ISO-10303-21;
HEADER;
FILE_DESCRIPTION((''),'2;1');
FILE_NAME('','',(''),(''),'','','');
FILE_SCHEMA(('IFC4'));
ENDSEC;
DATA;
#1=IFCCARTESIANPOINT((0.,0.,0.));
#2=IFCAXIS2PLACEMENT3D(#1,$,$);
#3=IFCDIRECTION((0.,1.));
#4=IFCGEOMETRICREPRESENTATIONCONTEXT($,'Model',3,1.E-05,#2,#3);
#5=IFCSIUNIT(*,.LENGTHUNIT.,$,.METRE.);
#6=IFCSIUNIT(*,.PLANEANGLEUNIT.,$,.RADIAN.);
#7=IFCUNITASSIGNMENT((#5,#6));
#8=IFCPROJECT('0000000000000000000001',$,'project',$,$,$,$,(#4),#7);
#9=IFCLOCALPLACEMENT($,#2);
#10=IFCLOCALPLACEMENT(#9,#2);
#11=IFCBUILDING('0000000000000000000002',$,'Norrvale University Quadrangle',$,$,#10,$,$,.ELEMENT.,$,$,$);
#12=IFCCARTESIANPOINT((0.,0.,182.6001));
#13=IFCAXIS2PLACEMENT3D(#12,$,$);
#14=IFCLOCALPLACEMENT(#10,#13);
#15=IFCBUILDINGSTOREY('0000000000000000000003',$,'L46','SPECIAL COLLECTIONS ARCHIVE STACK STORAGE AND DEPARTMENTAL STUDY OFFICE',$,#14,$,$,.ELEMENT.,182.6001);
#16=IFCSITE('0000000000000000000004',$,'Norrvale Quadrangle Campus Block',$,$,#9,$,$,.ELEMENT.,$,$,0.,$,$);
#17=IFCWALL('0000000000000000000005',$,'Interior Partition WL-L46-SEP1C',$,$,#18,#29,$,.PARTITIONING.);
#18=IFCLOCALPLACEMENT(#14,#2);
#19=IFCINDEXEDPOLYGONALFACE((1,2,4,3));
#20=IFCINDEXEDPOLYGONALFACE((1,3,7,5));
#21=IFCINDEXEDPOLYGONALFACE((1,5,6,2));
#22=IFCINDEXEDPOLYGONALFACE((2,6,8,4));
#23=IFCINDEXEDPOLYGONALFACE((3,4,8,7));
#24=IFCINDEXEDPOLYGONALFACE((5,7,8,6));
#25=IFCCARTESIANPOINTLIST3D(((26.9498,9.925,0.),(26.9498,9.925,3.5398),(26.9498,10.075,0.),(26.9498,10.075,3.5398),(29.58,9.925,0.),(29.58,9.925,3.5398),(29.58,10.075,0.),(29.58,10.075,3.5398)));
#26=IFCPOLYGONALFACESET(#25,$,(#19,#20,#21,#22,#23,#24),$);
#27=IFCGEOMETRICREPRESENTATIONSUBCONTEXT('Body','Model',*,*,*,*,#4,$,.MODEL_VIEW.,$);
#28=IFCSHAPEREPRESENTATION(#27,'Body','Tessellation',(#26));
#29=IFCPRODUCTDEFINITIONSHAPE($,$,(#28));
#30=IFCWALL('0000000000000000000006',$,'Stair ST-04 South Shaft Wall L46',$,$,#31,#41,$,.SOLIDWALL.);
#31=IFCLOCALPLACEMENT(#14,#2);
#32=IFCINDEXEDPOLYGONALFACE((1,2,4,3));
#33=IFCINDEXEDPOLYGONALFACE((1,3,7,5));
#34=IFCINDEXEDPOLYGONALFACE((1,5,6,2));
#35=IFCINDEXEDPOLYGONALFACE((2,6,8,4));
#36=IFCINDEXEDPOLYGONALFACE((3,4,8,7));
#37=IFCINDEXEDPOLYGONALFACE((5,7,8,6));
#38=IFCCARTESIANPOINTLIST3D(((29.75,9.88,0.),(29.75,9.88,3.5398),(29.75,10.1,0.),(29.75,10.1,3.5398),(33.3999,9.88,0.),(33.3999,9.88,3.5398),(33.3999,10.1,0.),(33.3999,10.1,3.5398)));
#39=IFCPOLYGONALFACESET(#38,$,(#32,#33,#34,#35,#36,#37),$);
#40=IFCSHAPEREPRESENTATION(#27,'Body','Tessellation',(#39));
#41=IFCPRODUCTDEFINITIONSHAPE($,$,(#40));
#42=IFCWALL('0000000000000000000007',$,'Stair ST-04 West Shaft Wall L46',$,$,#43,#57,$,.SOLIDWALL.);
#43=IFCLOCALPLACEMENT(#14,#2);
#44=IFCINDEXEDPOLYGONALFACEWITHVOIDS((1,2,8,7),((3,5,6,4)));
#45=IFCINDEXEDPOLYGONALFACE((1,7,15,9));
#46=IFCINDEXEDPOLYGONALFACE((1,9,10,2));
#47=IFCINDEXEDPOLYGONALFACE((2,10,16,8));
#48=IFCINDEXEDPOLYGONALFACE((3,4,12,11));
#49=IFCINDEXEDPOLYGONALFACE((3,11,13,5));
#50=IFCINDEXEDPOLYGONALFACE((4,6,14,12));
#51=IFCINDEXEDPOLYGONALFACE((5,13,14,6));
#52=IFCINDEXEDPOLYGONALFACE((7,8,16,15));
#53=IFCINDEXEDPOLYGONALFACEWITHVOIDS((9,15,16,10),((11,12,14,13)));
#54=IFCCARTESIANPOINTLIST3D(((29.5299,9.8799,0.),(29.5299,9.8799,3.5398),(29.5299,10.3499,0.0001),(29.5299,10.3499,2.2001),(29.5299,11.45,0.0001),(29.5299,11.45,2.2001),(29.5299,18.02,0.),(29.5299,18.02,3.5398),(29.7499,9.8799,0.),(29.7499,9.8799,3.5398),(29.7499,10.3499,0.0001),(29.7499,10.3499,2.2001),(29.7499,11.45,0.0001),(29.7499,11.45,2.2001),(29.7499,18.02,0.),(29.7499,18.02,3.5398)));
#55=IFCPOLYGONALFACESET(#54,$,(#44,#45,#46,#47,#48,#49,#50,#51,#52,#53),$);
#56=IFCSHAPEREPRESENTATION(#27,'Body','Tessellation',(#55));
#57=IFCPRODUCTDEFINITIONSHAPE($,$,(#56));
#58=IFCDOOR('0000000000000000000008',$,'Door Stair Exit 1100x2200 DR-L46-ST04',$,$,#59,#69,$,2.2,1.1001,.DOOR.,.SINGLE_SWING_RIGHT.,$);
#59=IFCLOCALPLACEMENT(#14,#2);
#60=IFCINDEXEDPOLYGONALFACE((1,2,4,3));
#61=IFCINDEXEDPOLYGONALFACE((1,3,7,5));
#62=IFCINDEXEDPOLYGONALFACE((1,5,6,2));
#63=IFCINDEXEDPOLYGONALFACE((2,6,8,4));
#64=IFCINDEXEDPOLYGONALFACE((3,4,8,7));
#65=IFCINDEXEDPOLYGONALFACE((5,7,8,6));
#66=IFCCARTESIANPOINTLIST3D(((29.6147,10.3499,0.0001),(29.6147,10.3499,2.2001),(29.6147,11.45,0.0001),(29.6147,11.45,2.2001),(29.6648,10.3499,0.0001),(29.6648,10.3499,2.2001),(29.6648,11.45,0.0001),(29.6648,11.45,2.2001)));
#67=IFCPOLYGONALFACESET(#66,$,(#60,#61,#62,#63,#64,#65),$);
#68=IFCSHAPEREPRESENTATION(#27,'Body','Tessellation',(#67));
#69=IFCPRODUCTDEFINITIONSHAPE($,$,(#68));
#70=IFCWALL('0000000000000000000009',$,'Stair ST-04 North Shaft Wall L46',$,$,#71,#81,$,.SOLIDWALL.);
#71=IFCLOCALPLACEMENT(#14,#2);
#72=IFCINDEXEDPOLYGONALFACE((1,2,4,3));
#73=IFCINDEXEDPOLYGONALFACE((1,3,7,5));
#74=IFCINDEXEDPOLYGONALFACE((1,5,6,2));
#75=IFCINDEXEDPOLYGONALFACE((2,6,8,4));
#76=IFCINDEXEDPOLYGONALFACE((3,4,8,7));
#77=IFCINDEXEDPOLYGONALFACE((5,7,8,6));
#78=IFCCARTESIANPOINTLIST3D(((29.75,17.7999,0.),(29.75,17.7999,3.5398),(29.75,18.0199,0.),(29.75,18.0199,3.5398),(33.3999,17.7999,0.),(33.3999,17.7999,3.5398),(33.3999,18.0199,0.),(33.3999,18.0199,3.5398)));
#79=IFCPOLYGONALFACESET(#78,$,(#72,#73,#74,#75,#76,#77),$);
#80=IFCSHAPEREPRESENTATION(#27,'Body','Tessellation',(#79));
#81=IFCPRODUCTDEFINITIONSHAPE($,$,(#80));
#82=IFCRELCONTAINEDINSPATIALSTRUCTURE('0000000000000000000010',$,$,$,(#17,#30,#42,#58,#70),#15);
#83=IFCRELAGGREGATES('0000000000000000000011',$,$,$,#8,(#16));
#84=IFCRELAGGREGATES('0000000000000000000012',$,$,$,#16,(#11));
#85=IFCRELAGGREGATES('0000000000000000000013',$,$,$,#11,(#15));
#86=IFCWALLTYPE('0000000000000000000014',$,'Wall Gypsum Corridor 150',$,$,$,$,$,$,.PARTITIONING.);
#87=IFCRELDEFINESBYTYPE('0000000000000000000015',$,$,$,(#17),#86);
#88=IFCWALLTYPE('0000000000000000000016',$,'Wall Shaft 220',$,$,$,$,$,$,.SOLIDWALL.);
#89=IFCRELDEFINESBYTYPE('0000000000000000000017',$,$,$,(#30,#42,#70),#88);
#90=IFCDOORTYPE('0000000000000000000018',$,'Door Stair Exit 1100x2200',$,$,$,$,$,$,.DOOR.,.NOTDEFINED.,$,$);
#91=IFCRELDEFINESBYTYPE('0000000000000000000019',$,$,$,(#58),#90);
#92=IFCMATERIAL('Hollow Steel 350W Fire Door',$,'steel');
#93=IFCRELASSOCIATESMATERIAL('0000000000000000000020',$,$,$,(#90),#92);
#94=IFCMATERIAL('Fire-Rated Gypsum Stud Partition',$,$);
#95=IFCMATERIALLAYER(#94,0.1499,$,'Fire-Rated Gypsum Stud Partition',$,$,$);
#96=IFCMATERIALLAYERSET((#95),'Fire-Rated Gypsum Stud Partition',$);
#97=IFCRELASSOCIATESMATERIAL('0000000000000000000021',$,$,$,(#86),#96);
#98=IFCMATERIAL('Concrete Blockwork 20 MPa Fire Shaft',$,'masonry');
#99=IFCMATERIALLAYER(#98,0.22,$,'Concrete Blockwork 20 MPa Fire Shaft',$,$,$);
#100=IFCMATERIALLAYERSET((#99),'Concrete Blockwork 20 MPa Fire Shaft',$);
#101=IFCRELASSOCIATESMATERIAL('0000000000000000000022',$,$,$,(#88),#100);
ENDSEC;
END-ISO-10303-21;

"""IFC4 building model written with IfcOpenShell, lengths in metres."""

from ifc_helpers import new_model, si_unit, direction, frame, frame_2d, origin, place, context, subcontext, project, spatial, rectangle, extrude, material, layer, layer_set, type_object, element, fill, save


model = new_model("IFC4")

# Units and contexts
model_context = context("Model", 3, precision=1e-05, world=origin(), true_north=direction((0.0, 1.0)))
body_context = subcontext(model_context, "Body", "Model", "MODEL_VIEW")
ifc_project = project(units=[si_unit("LENGTHUNIT", "METRE"), si_unit("PLANEANGLEUNIT", "RADIAN")], contexts=[model_context])

# Site, building, storey
site_placement = place(None, origin())
site = spatial("IfcSite", under=ifc_project, at=site_placement, Name="Norrvale Quadrangle Campus Block", CompositionType="ELEMENT", RefElevation=0.0)
building_placement = place(site_placement, origin())
building = spatial("IfcBuilding", under=site, at=building_placement, Name="Norrvale University Quadrangle", CompositionType="ELEMENT")
storey_placement = place(building_placement, frame((0.0, 0.0, 182.6001)))
storey = spatial("IfcBuildingStorey", under=building, at=storey_placement, Name="L46", Description="SPECIAL COLLECTIONS ARCHIVE STACK STORAGE AND DEPARTMENTAL STUDY OFFICE", CompositionType="ELEMENT", Elevation=182.6001)

# Shared definitions
ifc_material_1 = material(Name="Hollow Steel 350W Fire Door", Category="steel")
door_type = type_object("IfcDoorType", Name="Door Stair Exit 1100x2200", OperationType="NOTDEFINED", PredefinedType="DOOR", material=ifc_material_1)

# Walls
ifc_material_2 = material(Name="Fire-Rated Gypsum Stud Partition")
ifc_layer_1 = layer(ifc_material_2, 0.1499, Name="Fire-Rated Gypsum Stud Partition")
ifc_layer_set_1 = layer_set([ifc_layer_1], Name="Fire-Rated Gypsum Stud Partition")
wall_type_1 = type_object("IfcWallType", Name="Wall Gypsum Corridor 150", PredefinedType="PARTITIONING", material=ifc_layer_set_1)
wall_1_placement = place(storey_placement, frame((26.95, 10.0, 0.0), z_axis=(0.0, 0.0, 1.0), x_axis=(1.0, 0.0, 0.0)))
element("IfcWall", 1, at=wall_1_placement, inside=storey, type_object=wall_type_1, Name="Interior Partition WL-L46-SEP1C", PredefinedType="PARTITIONING", context=body_context, shape_type="SweptSolid", body=[
    extrude(rectangle(XDim=2.6301, YDim=0.1499, at=frame_2d((1.3149, 0.0))), origin(), (0.0, 0.0, 1.0), 3.5398),
])
ifc_material_3 = material(Name="Concrete Blockwork 20 MPa Fire Shaft", Category="masonry")
ifc_layer_2 = layer(ifc_material_3, 0.22, Name="Concrete Blockwork 20 MPa Fire Shaft")
ifc_layer_set_2 = layer_set([ifc_layer_2], Name="Concrete Blockwork 20 MPa Fire Shaft")
wall_type_2 = type_object("IfcWallType", Name="Wall Shaft 220", PredefinedType="SOLIDWALL", material=ifc_layer_set_2)
wall_2_placement = place(storey_placement, frame((29.75, 9.99, 0.0), z_axis=(0.0, 0.0, 1.0), x_axis=(1.0, 0.0, 0.0)))
element("IfcWall", 2, at=wall_2_placement, inside=storey, type_object=wall_type_2, Name="Stair ST-04 South Shaft Wall L46", PredefinedType="SOLIDWALL", context=body_context, shape_type="SweptSolid", body=[
    extrude(rectangle(XDim=3.6499, YDim=0.22, at=frame_2d((1.825, 0.0))), origin(), (0.0, 0.0, 1.0), 3.5398),
])

# Wall, opening, door
wall_3_placement = place(storey_placement, frame((29.6399, 9.8799, 0.0), z_axis=(0.0, 0.0, 1.0), x_axis=(0.0, 1.0, 0.0)))
wall_3 = element("IfcWall", 3, at=wall_3_placement, inside=storey, type_object=wall_type_2, Name="Stair ST-04 West Shaft Wall L46", PredefinedType="SOLIDWALL", context=body_context, shape_type="SweptSolid", body=[
    extrude(rectangle(XDim=8.1401, YDim=0.22, at=frame_2d((4.0701, 0.0))), origin(), (0.0, 0.0, 1.0), 3.5398),
])
opening_1_placement = place(wall_3_placement, frame((0.47, 0.0, 0.0)))
opening_1 = element("IfcOpeningElement", 4, at=opening_1_placement, cuts=wall_3, PredefinedType="OPENING", context=body_context, shape_type="SweptSolid", body=[
    extrude(rectangle(XDim=1.1001, YDim=2.2, at=frame_2d((0.55, 1.1001))), frame((0.0, 0.1221, 0.0), z_axis=(0.0, -1.0, 0.0), x_axis=(1.0, 0.0, 0.0)), (0.0, 0.0, 1.0), 0.2439),
])
door_1_placement = place(opening_1_placement, frame((1.1001, 0.0, 0.0), z_axis=(0.0, 0.0, 1.0), x_axis=(-1.0, 0.0, 0.0)))
door_1 = element("IfcDoor", 5, at=door_1_placement, inside=storey, type_object=door_type, Name="Door Stair Exit 1100x2200 DR-L46-ST04", OperationType="SINGLE_SWING_RIGHT", OverallHeight=2.2, OverallWidth=1.1001, PredefinedType="DOOR", context=body_context, shape_type="SweptSolid", body=[
    extrude(rectangle(XDim=1.1001, YDim=2.2, at=frame_2d((0.55, 1.1001))), frame((0.0, 0.0249, 0.0), z_axis=(0.0, -1.0, 0.0), x_axis=(1.0, 0.0, 0.0)), (0.0, 0.0, 1.0), 0.05),
])
fill(opening_1, door_1)

# Wall
wall_4_placement = place(storey_placement, frame((29.75, 17.9099, 0.0), z_axis=(0.0, 0.0, 1.0), x_axis=(1.0, 0.0, 0.0)))
element("IfcWall", 6, at=wall_4_placement, inside=storey, type_object=wall_type_2, Name="Stair ST-04 North Shaft Wall L46", PredefinedType="SOLIDWALL", context=body_context, shape_type="SweptSolid", body=[
    extrude(rectangle(XDim=3.6499, YDim=0.22, at=frame_2d((1.825, 0.0))), origin(), (0.0, 0.0, 1.0), 3.5398),
])

save(model, "model.ifc")
